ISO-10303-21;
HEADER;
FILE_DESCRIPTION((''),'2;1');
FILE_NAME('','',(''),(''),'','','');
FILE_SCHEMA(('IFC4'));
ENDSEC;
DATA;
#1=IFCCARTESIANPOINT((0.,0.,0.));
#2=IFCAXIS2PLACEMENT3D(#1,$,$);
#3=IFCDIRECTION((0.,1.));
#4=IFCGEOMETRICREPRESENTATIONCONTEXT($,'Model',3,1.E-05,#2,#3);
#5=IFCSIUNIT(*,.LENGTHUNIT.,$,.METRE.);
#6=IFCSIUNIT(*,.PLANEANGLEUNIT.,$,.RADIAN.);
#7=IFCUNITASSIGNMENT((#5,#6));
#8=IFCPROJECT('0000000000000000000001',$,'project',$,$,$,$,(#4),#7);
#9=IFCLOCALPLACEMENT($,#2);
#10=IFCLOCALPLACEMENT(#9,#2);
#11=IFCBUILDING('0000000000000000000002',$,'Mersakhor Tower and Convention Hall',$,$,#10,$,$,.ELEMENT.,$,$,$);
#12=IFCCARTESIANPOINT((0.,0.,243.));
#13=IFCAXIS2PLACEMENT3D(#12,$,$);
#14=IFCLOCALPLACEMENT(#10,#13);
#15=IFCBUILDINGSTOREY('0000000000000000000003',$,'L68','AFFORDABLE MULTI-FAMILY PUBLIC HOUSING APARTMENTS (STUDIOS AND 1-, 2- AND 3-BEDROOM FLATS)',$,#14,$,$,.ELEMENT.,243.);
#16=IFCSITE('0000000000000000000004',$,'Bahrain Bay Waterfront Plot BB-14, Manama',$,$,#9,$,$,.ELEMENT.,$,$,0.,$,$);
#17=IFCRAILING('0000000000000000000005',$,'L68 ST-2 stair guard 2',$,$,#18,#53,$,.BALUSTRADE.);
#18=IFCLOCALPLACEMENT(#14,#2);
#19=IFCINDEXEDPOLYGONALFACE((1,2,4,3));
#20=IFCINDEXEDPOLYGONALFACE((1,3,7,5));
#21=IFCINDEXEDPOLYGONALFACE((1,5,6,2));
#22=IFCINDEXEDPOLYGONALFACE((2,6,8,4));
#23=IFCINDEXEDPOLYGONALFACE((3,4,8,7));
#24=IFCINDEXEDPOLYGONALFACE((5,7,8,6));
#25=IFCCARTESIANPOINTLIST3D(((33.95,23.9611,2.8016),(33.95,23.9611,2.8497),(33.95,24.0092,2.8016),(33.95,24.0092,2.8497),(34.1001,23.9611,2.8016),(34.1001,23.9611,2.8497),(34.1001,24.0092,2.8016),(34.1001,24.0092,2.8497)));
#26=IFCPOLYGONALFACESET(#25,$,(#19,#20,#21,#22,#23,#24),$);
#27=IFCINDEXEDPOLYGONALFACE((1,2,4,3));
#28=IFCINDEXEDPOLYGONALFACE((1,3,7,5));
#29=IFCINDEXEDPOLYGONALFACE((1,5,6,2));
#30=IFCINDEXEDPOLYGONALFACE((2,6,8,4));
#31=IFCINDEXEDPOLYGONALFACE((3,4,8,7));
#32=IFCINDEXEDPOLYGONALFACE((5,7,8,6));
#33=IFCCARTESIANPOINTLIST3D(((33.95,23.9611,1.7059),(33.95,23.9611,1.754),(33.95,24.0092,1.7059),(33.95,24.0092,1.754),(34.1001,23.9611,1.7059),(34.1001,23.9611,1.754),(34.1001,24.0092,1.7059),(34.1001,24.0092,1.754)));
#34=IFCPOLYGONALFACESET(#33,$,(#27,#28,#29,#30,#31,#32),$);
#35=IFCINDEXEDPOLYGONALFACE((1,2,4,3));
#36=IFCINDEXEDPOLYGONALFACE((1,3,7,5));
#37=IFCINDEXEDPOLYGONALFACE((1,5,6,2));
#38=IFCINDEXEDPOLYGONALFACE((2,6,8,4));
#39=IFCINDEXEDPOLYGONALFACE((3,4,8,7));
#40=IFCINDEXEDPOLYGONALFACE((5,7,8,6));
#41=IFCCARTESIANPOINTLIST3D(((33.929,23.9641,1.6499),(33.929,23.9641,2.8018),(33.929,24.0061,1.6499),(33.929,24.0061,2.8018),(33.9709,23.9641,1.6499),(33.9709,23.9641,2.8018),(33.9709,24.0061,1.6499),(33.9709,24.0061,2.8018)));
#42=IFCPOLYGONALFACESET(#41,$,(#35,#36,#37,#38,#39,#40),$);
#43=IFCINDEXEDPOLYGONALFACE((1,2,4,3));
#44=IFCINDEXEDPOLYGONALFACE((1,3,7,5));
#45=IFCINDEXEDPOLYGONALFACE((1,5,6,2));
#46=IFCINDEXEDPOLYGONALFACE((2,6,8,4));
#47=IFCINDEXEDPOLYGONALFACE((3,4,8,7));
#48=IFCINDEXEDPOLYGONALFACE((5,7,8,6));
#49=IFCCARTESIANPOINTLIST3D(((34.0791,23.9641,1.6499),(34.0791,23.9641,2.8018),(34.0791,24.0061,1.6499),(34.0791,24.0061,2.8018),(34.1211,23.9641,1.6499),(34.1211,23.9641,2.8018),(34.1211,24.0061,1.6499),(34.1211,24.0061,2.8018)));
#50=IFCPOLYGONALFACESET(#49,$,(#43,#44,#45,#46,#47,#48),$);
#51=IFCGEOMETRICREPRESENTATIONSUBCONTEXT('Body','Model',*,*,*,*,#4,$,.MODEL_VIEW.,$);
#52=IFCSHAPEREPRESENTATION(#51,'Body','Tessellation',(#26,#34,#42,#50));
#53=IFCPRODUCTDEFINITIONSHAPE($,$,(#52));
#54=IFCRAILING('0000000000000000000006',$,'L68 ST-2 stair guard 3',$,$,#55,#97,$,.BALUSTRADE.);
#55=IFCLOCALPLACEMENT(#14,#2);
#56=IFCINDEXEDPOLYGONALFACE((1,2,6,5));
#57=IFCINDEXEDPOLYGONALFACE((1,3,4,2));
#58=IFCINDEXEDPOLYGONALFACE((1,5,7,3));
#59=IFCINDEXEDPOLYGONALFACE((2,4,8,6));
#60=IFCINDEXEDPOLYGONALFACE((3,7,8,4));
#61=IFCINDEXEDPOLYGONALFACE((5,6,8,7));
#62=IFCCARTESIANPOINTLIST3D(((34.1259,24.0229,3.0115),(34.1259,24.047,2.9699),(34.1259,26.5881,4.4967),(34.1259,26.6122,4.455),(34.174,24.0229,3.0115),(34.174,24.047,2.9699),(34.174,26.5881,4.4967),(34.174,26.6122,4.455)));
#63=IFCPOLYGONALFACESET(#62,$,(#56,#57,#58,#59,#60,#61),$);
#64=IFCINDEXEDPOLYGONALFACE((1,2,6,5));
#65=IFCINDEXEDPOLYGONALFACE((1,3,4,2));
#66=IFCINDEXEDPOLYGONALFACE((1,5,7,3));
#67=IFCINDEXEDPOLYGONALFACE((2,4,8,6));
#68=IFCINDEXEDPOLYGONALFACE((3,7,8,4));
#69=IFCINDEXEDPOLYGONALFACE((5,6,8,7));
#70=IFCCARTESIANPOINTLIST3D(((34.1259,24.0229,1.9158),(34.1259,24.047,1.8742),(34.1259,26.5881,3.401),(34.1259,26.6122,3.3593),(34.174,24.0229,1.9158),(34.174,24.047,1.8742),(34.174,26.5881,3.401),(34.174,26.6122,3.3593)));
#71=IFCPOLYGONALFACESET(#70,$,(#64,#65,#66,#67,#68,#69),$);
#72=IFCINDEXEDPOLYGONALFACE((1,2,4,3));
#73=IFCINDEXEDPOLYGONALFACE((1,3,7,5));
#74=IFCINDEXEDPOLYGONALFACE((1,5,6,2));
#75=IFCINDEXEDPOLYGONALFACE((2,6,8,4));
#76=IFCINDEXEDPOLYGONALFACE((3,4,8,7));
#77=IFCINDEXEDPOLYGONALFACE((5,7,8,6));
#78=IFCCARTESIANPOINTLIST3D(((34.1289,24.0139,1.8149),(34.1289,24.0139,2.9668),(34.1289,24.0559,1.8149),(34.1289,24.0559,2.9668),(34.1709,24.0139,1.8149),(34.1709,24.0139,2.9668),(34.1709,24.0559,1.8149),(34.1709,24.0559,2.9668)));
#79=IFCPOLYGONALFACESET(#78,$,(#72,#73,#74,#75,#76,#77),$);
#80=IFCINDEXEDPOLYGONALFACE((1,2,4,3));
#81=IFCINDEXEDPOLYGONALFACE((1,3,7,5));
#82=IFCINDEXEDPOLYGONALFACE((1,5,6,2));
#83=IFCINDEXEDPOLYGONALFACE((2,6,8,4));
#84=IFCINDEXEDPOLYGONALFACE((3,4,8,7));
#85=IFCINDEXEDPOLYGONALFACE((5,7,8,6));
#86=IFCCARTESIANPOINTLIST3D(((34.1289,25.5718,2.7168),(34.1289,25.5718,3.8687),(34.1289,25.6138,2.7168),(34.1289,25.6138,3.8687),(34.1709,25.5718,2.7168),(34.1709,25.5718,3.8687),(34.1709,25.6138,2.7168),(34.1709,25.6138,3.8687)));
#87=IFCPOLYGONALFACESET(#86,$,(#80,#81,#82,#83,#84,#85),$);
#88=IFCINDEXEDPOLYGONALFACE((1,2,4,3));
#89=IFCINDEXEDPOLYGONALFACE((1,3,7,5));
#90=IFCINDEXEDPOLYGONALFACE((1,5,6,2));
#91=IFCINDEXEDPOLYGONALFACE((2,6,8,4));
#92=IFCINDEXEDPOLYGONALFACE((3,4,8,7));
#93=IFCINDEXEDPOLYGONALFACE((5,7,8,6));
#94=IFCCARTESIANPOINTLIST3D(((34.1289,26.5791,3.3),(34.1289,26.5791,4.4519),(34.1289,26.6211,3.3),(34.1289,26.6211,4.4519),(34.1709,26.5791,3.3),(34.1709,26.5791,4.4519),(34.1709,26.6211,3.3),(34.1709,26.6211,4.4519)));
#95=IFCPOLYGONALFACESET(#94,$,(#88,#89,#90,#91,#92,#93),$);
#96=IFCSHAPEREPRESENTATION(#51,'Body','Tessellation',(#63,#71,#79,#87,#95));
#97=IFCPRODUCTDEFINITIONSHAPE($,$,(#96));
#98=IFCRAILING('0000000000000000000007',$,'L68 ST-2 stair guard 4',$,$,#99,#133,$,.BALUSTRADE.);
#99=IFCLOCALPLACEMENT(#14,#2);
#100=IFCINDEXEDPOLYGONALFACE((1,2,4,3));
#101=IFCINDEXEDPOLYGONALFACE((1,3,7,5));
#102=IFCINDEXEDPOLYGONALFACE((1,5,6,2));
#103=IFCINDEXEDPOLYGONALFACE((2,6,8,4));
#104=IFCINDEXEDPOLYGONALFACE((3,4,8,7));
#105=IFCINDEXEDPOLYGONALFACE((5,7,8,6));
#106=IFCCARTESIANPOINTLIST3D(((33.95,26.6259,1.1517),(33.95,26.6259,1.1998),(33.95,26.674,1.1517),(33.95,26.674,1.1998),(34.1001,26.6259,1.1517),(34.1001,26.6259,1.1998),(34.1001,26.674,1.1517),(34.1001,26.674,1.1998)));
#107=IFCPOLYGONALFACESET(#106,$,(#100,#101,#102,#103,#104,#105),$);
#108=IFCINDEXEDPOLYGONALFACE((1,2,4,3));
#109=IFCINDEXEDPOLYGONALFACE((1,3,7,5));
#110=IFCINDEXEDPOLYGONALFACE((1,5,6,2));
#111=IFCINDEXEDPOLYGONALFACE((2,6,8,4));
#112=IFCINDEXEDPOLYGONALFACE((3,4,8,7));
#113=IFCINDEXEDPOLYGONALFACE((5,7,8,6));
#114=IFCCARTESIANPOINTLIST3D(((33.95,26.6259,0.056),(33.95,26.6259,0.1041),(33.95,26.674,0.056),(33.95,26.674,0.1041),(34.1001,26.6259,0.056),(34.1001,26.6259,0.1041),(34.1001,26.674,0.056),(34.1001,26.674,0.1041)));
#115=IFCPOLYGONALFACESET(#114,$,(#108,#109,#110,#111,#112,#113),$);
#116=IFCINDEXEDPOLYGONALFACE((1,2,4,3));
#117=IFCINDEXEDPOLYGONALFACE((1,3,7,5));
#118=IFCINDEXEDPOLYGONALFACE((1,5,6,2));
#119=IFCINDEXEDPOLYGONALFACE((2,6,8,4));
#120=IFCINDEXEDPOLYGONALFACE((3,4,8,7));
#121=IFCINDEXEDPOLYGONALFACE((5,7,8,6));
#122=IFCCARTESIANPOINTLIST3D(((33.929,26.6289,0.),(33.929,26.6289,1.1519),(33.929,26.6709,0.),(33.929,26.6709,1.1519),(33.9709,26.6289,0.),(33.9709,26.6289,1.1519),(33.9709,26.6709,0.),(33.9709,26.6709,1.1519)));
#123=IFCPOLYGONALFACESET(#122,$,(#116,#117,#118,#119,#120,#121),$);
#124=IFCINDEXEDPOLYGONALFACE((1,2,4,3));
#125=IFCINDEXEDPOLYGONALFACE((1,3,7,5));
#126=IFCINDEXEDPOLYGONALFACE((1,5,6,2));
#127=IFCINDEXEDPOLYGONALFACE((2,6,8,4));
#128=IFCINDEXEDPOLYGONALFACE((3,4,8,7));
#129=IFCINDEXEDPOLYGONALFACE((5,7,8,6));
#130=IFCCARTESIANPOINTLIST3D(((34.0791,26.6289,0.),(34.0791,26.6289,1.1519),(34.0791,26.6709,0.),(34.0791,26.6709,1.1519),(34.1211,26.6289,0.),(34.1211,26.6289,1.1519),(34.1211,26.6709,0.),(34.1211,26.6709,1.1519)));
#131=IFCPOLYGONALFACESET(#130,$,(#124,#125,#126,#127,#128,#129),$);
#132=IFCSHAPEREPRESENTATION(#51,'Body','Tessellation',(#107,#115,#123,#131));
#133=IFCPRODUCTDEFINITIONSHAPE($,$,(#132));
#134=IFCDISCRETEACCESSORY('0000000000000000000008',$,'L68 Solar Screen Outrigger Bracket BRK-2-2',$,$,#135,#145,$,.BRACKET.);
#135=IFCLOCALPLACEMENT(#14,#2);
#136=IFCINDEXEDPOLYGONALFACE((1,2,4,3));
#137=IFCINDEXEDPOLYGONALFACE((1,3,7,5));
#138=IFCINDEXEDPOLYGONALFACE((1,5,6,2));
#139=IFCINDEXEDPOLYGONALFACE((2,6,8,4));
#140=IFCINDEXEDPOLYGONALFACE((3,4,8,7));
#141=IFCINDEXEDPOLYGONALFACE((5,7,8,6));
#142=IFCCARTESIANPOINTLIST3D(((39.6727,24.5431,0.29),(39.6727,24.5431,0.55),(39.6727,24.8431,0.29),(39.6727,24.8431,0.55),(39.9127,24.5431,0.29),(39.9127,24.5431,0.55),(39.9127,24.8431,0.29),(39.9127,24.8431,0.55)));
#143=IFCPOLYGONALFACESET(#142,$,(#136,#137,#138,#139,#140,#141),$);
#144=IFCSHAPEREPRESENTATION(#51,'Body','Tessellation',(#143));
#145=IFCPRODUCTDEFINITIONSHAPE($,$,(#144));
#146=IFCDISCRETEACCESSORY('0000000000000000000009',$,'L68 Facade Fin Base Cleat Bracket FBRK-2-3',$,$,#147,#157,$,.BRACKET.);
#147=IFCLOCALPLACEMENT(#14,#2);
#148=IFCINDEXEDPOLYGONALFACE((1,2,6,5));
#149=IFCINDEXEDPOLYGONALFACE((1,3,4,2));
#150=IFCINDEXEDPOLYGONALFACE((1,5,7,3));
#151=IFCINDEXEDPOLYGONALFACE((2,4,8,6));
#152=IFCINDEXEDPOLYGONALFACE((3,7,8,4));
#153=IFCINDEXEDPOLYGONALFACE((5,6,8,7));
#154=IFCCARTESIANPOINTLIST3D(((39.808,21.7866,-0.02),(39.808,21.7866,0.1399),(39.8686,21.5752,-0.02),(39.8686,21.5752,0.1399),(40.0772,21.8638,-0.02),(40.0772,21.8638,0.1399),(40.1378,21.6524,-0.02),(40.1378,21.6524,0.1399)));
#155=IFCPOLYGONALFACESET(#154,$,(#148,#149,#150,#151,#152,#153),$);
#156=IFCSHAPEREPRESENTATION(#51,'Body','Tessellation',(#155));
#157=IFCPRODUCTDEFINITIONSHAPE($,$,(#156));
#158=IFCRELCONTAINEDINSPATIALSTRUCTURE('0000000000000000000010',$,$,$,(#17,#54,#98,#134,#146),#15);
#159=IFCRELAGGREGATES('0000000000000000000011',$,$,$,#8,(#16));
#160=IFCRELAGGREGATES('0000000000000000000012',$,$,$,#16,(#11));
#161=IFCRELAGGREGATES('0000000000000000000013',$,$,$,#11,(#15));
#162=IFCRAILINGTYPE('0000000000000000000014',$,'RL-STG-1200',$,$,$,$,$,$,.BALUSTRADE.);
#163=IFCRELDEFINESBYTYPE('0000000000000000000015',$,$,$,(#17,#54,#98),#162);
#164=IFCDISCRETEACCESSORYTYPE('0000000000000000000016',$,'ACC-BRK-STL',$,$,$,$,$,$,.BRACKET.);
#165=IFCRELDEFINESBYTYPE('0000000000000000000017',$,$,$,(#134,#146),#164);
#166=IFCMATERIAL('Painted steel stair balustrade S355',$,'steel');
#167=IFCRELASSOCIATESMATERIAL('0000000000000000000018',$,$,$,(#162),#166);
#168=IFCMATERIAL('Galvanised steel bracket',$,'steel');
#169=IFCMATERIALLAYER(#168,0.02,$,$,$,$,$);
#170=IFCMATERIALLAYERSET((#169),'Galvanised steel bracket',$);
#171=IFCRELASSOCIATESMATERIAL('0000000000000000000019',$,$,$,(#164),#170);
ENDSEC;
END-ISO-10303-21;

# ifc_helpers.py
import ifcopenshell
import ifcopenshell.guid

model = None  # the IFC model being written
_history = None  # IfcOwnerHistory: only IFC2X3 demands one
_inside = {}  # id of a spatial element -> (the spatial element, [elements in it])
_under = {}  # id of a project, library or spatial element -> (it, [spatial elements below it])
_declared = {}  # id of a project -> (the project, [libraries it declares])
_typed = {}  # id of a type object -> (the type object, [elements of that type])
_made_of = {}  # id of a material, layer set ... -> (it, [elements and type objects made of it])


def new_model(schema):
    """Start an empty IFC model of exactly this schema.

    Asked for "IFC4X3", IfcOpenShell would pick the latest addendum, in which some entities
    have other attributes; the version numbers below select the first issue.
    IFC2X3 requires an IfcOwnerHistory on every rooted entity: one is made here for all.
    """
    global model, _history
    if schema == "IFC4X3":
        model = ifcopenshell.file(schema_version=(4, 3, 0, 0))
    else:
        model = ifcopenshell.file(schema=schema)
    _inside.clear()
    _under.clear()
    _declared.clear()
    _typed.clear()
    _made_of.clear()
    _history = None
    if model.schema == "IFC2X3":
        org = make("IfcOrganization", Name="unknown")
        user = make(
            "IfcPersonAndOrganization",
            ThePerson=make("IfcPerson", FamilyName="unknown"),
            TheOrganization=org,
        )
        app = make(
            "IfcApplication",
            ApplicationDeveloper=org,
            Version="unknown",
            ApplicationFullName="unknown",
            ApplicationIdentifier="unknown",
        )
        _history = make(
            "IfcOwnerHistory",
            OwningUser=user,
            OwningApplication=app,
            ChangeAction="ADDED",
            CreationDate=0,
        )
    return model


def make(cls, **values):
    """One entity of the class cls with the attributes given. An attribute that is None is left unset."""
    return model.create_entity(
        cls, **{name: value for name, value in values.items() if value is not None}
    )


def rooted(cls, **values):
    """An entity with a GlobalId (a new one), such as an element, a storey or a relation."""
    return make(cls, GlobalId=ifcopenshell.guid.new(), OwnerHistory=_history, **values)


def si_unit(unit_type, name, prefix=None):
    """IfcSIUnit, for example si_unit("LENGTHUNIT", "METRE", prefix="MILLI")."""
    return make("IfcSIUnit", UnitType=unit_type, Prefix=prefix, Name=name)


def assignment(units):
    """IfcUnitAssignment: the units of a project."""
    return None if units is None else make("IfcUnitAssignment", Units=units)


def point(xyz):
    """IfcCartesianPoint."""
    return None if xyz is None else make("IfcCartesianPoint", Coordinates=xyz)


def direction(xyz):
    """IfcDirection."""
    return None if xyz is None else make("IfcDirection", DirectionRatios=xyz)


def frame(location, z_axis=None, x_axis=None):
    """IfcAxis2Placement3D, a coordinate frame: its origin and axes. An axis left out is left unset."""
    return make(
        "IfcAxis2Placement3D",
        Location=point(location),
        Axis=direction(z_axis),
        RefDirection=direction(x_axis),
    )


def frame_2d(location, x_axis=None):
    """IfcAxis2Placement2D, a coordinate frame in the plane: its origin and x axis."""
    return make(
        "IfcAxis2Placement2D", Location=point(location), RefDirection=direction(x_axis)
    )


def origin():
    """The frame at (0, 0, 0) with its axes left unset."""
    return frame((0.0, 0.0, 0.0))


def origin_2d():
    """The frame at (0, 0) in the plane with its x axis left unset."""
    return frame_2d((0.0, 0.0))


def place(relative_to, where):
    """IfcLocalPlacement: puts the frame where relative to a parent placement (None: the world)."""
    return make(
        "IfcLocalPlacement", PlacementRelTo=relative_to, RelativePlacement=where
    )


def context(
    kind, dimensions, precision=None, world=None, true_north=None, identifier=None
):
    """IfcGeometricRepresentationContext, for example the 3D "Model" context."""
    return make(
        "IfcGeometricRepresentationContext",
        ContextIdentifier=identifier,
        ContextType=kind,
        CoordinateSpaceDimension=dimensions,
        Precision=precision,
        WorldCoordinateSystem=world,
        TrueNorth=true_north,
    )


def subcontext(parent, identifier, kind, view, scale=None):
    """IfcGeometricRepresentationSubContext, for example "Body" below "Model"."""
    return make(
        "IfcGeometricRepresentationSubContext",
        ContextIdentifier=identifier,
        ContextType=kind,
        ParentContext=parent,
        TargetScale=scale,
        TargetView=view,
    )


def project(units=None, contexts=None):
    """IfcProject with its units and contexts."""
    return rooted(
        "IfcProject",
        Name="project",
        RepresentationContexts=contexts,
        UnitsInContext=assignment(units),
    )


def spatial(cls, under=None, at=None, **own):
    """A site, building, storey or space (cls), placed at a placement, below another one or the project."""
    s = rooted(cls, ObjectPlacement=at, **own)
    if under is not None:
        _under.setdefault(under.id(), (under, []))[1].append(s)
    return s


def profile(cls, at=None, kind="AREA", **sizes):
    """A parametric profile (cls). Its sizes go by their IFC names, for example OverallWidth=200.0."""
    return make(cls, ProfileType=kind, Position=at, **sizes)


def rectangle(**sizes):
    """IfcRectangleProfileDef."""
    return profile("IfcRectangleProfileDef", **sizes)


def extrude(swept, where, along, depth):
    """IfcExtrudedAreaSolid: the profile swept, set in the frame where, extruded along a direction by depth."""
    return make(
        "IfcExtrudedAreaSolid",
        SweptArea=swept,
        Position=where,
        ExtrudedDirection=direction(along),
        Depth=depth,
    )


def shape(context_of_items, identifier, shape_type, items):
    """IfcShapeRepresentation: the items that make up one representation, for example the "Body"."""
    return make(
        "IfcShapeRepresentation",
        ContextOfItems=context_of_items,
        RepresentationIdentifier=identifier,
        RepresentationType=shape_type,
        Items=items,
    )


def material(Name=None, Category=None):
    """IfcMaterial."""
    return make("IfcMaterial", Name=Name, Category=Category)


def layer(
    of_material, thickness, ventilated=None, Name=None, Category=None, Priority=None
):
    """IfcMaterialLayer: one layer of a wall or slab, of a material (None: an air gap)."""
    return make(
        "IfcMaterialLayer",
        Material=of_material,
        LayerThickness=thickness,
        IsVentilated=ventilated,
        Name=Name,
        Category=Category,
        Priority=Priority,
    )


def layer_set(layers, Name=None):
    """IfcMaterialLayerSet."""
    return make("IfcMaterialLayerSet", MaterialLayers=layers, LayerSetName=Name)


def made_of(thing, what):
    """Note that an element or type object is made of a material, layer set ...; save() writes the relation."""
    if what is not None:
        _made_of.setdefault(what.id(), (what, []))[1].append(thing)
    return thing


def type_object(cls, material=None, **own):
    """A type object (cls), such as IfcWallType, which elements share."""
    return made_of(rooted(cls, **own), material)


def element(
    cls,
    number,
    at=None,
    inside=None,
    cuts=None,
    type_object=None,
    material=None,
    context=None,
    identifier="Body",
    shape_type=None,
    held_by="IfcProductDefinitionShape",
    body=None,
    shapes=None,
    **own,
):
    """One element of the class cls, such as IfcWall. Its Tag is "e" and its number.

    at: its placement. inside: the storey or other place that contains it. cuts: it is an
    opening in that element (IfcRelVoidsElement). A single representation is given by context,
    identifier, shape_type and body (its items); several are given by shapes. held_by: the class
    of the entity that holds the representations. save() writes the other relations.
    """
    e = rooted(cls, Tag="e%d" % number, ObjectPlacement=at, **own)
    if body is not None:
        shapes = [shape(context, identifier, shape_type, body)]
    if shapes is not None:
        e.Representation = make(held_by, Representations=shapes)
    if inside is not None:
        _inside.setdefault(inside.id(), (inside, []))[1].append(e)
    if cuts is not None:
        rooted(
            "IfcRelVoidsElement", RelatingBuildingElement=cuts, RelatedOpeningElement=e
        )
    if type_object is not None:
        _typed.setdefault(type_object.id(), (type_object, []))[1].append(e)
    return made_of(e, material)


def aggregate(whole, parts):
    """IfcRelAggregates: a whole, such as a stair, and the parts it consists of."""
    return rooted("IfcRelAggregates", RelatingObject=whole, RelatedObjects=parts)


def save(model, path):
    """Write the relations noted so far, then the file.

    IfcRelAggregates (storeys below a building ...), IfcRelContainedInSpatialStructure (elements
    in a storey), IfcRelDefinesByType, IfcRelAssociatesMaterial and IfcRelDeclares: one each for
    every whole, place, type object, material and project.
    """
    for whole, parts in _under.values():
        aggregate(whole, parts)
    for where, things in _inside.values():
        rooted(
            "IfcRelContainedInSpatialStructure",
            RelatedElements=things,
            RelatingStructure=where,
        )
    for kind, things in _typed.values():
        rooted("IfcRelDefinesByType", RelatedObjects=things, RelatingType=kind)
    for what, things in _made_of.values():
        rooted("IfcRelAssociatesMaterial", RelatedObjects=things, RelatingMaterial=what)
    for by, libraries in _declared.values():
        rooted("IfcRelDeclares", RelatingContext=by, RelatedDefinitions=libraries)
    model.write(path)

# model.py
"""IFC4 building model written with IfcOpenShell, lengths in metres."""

from ifc_helpers import new_model, si_unit, direction, frame, origin, origin_2d, place, context, subcontext, project, spatial, rectangle, extrude, material, layer, layer_set, type_object, element, save


model = new_model("IFC4")

# Units and contexts
model_context = context("Model", 3, precision=1e-05, world=origin(), true_north=direction((0.0, 1.0)))
body_context = subcontext(model_context, "Body", "Model", "MODEL_VIEW")
ifc_project = project(units=[si_unit("LENGTHUNIT", "METRE"), si_unit("PLANEANGLEUNIT", "RADIAN")], contexts=[model_context])

# Site, building, storey
site_placement = place(None, origin())
site = spatial("IfcSite", under=ifc_project, at=site_placement, Name="Bahrain Bay Waterfront Plot BB-14, Manama", CompositionType="ELEMENT", RefElevation=0.0)
building_placement = place(site_placement, origin())
building = spatial("IfcBuilding", under=site, at=building_placement, Name="Mersakhor Tower and Convention Hall", CompositionType="ELEMENT")
storey_placement = place(building_placement, frame((0.0, 0.0, 243.0)))
storey = spatial("IfcBuildingStorey", under=building, at=storey_placement, Name="L68", Description="AFFORDABLE MULTI-FAMILY PUBLIC HOUSING APARTMENTS (STUDIOS AND 1-, 2- AND 3-BEDROOM FLATS)", CompositionType="ELEMENT", Elevation=243.0)

# Railings
ifc_material_1 = material(Name="Painted steel stair balustrade S355", Category="steel")
railing_type_1 = type_object("IfcRailingType", Name="RL-STG-1200", PredefinedType="BALUSTRADE", material=ifc_material_1)
railing_1_placement = place(storey_placement, frame((33.95, 23.9851, 1.6499)))
element("IfcRailing", 1, at=railing_1_placement, inside=storey, type_object=railing_type_1, Name="L68 ST-2 stair guard 2", PredefinedType="BALUSTRADE", context=body_context, shape_type="SweptSolid", body=[
    extrude(rectangle(XDim=0.0481, YDim=0.0481, at=origin_2d()), frame((0.0, 0.0, 1.1758), z_axis=(1.0, 0.0, 0.0), x_axis=(0.0, 1.0, 0.0)), (0.0, 0.0, 1.0), 0.1501),
    extrude(rectangle(XDim=0.0481, YDim=0.0481, at=origin_2d()), frame((0.0, 0.0, 0.0801), z_axis=(1.0, 0.0, 0.0), x_axis=(0.0, 1.0, 0.0)), (0.0, 0.0, 1.0), 0.1501),
    extrude(rectangle(XDim=0.042, YDim=0.042, at=origin_2d()), origin(), (0.0, 0.0, 1.0), 1.1519),
    extrude(rectangle(XDim=0.042, YDim=0.042, at=origin_2d()), frame((0.1501, 0.0, 0.0)), (0.0, 0.0, 1.0), 1.1519),
])
railing_2_placement = place(storey_placement, frame((34.1499, 24.0349, 1.8149)))
element("IfcRailing", 2, at=railing_2_placement, inside=storey, type_object=railing_type_1, Name="L68 ST-2 stair guard 3", PredefinedType="BALUSTRADE", context=body_context, shape_type="SweptSolid", body=[
    extrude(rectangle(XDim=0.0481, YDim=0.0481, at=origin_2d()), frame((0.0, 0.0, 1.1758), z_axis=(0.0, 0.865426, 0.501036), x_axis=(-1.0, 0.0, 0.0)), (0.0, 0.0, 1.0), 2.9641),
    extrude(rectangle(XDim=0.0481, YDim=0.0481, at=origin_2d()), frame((0.0, 0.0, 0.0801), z_axis=(0.0, 0.865426, 0.501036), x_axis=(-1.0, 0.0, 0.0)), (0.0, 0.0, 1.0), 2.9641),
    extrude(rectangle(XDim=0.042, YDim=0.042, at=origin_2d()), origin(), (0.0, 0.0, 1.0), 1.1519),
    extrude(rectangle(XDim=0.042, YDim=0.042, at=origin_2d()), frame((0.0, 1.5579, 0.9019)), (0.0, 0.0, 1.0), 1.1519),
    extrude(rectangle(XDim=0.042, YDim=0.042, at=origin_2d()), frame((0.0, 2.5652, 1.4851)), (0.0, 0.0, 1.0), 1.1519),
])
railing_3_placement = place(storey_placement, frame((33.95, 26.6499, 0.0)))
element("IfcRailing", 3, at=railing_3_placement, inside=storey, type_object=railing_type_1, Name="L68 ST-2 stair guard 4", PredefinedType="BALUSTRADE", context=body_context, shape_type="SweptSolid", body=[
    extrude(rectangle(XDim=0.0481, YDim=0.0481, at=origin_2d()), frame((0.0, 0.0, 1.1758), z_axis=(1.0, 0.0, 0.0), x_axis=(0.0, 1.0, 0.0)), (0.0, 0.0, 1.0), 0.1501),
    extrude(rectangle(XDim=0.0481, YDim=0.0481, at=origin_2d()), frame((0.0, 0.0, 0.0801), z_axis=(1.0, 0.0, 0.0), x_axis=(0.0, 1.0, 0.0)), (0.0, 0.0, 1.0), 0.1501),
    extrude(rectangle(XDim=0.042, YDim=0.042, at=origin_2d()), origin(), (0.0, 0.0, 1.0), 1.1519),
    extrude(rectangle(XDim=0.042, YDim=0.042, at=origin_2d()), frame((0.1501, 0.0, 0.0)), (0.0, 0.0, 1.0), 1.1519),
])

# Discrete accessories
ifc_material_2 = material(Name="Galvanised steel bracket", Category="steel")
ifc_layer_1 = layer(ifc_material_2, 0.02)
ifc_layer_set_1 = layer_set([ifc_layer_1], Name="Galvanised steel bracket")
discrete_accessory_type = type_object("IfcDiscreteAccessoryType", Name="ACC-BRK-STL", PredefinedType="BRACKET", material=ifc_layer_set_1)
discrete_accessory_1_placement = place(storey_placement, frame((39.7927, 24.6931, 0.29), z_axis=(0.0, 0.0, 1.0), x_axis=(0.0, -1.0, 0.0)))
element("IfcDiscreteAccessory", 4, at=discrete_accessory_1_placement, inside=storey, type_object=discrete_accessory_type, Name="L68 Solar Screen Outrigger Bracket BRK-2-2", PredefinedType="BRACKET", context=body_context, shape_type="SweptSolid", body=[
    extrude(rectangle(XDim=0.3, YDim=0.24, at=origin_2d()), origin(), (0.0, 0.0, 1.0), 0.26),
])
discrete_accessory_2_placement = place(storey_placement, frame((39.9729, 21.7195, -0.02), z_axis=(0.0, 0.0, 1.0), x_axis=(0.961262, 0.275637, 0.0)))
element("IfcDiscreteAccessory", 5, at=discrete_accessory_2_placement, inside=storey, type_object=discrete_accessory_type, Name="L68 Facade Fin Base Cleat Bracket FBRK-2-3", PredefinedType="BRACKET", context=body_context, shape_type="SweptSolid", body=[
    extrude(rectangle(XDim=0.28, YDim=0.22, at=origin_2d()), origin(), (0.0, 0.0, 1.0), 0.1599),
])

save(model, "model.ifc")
